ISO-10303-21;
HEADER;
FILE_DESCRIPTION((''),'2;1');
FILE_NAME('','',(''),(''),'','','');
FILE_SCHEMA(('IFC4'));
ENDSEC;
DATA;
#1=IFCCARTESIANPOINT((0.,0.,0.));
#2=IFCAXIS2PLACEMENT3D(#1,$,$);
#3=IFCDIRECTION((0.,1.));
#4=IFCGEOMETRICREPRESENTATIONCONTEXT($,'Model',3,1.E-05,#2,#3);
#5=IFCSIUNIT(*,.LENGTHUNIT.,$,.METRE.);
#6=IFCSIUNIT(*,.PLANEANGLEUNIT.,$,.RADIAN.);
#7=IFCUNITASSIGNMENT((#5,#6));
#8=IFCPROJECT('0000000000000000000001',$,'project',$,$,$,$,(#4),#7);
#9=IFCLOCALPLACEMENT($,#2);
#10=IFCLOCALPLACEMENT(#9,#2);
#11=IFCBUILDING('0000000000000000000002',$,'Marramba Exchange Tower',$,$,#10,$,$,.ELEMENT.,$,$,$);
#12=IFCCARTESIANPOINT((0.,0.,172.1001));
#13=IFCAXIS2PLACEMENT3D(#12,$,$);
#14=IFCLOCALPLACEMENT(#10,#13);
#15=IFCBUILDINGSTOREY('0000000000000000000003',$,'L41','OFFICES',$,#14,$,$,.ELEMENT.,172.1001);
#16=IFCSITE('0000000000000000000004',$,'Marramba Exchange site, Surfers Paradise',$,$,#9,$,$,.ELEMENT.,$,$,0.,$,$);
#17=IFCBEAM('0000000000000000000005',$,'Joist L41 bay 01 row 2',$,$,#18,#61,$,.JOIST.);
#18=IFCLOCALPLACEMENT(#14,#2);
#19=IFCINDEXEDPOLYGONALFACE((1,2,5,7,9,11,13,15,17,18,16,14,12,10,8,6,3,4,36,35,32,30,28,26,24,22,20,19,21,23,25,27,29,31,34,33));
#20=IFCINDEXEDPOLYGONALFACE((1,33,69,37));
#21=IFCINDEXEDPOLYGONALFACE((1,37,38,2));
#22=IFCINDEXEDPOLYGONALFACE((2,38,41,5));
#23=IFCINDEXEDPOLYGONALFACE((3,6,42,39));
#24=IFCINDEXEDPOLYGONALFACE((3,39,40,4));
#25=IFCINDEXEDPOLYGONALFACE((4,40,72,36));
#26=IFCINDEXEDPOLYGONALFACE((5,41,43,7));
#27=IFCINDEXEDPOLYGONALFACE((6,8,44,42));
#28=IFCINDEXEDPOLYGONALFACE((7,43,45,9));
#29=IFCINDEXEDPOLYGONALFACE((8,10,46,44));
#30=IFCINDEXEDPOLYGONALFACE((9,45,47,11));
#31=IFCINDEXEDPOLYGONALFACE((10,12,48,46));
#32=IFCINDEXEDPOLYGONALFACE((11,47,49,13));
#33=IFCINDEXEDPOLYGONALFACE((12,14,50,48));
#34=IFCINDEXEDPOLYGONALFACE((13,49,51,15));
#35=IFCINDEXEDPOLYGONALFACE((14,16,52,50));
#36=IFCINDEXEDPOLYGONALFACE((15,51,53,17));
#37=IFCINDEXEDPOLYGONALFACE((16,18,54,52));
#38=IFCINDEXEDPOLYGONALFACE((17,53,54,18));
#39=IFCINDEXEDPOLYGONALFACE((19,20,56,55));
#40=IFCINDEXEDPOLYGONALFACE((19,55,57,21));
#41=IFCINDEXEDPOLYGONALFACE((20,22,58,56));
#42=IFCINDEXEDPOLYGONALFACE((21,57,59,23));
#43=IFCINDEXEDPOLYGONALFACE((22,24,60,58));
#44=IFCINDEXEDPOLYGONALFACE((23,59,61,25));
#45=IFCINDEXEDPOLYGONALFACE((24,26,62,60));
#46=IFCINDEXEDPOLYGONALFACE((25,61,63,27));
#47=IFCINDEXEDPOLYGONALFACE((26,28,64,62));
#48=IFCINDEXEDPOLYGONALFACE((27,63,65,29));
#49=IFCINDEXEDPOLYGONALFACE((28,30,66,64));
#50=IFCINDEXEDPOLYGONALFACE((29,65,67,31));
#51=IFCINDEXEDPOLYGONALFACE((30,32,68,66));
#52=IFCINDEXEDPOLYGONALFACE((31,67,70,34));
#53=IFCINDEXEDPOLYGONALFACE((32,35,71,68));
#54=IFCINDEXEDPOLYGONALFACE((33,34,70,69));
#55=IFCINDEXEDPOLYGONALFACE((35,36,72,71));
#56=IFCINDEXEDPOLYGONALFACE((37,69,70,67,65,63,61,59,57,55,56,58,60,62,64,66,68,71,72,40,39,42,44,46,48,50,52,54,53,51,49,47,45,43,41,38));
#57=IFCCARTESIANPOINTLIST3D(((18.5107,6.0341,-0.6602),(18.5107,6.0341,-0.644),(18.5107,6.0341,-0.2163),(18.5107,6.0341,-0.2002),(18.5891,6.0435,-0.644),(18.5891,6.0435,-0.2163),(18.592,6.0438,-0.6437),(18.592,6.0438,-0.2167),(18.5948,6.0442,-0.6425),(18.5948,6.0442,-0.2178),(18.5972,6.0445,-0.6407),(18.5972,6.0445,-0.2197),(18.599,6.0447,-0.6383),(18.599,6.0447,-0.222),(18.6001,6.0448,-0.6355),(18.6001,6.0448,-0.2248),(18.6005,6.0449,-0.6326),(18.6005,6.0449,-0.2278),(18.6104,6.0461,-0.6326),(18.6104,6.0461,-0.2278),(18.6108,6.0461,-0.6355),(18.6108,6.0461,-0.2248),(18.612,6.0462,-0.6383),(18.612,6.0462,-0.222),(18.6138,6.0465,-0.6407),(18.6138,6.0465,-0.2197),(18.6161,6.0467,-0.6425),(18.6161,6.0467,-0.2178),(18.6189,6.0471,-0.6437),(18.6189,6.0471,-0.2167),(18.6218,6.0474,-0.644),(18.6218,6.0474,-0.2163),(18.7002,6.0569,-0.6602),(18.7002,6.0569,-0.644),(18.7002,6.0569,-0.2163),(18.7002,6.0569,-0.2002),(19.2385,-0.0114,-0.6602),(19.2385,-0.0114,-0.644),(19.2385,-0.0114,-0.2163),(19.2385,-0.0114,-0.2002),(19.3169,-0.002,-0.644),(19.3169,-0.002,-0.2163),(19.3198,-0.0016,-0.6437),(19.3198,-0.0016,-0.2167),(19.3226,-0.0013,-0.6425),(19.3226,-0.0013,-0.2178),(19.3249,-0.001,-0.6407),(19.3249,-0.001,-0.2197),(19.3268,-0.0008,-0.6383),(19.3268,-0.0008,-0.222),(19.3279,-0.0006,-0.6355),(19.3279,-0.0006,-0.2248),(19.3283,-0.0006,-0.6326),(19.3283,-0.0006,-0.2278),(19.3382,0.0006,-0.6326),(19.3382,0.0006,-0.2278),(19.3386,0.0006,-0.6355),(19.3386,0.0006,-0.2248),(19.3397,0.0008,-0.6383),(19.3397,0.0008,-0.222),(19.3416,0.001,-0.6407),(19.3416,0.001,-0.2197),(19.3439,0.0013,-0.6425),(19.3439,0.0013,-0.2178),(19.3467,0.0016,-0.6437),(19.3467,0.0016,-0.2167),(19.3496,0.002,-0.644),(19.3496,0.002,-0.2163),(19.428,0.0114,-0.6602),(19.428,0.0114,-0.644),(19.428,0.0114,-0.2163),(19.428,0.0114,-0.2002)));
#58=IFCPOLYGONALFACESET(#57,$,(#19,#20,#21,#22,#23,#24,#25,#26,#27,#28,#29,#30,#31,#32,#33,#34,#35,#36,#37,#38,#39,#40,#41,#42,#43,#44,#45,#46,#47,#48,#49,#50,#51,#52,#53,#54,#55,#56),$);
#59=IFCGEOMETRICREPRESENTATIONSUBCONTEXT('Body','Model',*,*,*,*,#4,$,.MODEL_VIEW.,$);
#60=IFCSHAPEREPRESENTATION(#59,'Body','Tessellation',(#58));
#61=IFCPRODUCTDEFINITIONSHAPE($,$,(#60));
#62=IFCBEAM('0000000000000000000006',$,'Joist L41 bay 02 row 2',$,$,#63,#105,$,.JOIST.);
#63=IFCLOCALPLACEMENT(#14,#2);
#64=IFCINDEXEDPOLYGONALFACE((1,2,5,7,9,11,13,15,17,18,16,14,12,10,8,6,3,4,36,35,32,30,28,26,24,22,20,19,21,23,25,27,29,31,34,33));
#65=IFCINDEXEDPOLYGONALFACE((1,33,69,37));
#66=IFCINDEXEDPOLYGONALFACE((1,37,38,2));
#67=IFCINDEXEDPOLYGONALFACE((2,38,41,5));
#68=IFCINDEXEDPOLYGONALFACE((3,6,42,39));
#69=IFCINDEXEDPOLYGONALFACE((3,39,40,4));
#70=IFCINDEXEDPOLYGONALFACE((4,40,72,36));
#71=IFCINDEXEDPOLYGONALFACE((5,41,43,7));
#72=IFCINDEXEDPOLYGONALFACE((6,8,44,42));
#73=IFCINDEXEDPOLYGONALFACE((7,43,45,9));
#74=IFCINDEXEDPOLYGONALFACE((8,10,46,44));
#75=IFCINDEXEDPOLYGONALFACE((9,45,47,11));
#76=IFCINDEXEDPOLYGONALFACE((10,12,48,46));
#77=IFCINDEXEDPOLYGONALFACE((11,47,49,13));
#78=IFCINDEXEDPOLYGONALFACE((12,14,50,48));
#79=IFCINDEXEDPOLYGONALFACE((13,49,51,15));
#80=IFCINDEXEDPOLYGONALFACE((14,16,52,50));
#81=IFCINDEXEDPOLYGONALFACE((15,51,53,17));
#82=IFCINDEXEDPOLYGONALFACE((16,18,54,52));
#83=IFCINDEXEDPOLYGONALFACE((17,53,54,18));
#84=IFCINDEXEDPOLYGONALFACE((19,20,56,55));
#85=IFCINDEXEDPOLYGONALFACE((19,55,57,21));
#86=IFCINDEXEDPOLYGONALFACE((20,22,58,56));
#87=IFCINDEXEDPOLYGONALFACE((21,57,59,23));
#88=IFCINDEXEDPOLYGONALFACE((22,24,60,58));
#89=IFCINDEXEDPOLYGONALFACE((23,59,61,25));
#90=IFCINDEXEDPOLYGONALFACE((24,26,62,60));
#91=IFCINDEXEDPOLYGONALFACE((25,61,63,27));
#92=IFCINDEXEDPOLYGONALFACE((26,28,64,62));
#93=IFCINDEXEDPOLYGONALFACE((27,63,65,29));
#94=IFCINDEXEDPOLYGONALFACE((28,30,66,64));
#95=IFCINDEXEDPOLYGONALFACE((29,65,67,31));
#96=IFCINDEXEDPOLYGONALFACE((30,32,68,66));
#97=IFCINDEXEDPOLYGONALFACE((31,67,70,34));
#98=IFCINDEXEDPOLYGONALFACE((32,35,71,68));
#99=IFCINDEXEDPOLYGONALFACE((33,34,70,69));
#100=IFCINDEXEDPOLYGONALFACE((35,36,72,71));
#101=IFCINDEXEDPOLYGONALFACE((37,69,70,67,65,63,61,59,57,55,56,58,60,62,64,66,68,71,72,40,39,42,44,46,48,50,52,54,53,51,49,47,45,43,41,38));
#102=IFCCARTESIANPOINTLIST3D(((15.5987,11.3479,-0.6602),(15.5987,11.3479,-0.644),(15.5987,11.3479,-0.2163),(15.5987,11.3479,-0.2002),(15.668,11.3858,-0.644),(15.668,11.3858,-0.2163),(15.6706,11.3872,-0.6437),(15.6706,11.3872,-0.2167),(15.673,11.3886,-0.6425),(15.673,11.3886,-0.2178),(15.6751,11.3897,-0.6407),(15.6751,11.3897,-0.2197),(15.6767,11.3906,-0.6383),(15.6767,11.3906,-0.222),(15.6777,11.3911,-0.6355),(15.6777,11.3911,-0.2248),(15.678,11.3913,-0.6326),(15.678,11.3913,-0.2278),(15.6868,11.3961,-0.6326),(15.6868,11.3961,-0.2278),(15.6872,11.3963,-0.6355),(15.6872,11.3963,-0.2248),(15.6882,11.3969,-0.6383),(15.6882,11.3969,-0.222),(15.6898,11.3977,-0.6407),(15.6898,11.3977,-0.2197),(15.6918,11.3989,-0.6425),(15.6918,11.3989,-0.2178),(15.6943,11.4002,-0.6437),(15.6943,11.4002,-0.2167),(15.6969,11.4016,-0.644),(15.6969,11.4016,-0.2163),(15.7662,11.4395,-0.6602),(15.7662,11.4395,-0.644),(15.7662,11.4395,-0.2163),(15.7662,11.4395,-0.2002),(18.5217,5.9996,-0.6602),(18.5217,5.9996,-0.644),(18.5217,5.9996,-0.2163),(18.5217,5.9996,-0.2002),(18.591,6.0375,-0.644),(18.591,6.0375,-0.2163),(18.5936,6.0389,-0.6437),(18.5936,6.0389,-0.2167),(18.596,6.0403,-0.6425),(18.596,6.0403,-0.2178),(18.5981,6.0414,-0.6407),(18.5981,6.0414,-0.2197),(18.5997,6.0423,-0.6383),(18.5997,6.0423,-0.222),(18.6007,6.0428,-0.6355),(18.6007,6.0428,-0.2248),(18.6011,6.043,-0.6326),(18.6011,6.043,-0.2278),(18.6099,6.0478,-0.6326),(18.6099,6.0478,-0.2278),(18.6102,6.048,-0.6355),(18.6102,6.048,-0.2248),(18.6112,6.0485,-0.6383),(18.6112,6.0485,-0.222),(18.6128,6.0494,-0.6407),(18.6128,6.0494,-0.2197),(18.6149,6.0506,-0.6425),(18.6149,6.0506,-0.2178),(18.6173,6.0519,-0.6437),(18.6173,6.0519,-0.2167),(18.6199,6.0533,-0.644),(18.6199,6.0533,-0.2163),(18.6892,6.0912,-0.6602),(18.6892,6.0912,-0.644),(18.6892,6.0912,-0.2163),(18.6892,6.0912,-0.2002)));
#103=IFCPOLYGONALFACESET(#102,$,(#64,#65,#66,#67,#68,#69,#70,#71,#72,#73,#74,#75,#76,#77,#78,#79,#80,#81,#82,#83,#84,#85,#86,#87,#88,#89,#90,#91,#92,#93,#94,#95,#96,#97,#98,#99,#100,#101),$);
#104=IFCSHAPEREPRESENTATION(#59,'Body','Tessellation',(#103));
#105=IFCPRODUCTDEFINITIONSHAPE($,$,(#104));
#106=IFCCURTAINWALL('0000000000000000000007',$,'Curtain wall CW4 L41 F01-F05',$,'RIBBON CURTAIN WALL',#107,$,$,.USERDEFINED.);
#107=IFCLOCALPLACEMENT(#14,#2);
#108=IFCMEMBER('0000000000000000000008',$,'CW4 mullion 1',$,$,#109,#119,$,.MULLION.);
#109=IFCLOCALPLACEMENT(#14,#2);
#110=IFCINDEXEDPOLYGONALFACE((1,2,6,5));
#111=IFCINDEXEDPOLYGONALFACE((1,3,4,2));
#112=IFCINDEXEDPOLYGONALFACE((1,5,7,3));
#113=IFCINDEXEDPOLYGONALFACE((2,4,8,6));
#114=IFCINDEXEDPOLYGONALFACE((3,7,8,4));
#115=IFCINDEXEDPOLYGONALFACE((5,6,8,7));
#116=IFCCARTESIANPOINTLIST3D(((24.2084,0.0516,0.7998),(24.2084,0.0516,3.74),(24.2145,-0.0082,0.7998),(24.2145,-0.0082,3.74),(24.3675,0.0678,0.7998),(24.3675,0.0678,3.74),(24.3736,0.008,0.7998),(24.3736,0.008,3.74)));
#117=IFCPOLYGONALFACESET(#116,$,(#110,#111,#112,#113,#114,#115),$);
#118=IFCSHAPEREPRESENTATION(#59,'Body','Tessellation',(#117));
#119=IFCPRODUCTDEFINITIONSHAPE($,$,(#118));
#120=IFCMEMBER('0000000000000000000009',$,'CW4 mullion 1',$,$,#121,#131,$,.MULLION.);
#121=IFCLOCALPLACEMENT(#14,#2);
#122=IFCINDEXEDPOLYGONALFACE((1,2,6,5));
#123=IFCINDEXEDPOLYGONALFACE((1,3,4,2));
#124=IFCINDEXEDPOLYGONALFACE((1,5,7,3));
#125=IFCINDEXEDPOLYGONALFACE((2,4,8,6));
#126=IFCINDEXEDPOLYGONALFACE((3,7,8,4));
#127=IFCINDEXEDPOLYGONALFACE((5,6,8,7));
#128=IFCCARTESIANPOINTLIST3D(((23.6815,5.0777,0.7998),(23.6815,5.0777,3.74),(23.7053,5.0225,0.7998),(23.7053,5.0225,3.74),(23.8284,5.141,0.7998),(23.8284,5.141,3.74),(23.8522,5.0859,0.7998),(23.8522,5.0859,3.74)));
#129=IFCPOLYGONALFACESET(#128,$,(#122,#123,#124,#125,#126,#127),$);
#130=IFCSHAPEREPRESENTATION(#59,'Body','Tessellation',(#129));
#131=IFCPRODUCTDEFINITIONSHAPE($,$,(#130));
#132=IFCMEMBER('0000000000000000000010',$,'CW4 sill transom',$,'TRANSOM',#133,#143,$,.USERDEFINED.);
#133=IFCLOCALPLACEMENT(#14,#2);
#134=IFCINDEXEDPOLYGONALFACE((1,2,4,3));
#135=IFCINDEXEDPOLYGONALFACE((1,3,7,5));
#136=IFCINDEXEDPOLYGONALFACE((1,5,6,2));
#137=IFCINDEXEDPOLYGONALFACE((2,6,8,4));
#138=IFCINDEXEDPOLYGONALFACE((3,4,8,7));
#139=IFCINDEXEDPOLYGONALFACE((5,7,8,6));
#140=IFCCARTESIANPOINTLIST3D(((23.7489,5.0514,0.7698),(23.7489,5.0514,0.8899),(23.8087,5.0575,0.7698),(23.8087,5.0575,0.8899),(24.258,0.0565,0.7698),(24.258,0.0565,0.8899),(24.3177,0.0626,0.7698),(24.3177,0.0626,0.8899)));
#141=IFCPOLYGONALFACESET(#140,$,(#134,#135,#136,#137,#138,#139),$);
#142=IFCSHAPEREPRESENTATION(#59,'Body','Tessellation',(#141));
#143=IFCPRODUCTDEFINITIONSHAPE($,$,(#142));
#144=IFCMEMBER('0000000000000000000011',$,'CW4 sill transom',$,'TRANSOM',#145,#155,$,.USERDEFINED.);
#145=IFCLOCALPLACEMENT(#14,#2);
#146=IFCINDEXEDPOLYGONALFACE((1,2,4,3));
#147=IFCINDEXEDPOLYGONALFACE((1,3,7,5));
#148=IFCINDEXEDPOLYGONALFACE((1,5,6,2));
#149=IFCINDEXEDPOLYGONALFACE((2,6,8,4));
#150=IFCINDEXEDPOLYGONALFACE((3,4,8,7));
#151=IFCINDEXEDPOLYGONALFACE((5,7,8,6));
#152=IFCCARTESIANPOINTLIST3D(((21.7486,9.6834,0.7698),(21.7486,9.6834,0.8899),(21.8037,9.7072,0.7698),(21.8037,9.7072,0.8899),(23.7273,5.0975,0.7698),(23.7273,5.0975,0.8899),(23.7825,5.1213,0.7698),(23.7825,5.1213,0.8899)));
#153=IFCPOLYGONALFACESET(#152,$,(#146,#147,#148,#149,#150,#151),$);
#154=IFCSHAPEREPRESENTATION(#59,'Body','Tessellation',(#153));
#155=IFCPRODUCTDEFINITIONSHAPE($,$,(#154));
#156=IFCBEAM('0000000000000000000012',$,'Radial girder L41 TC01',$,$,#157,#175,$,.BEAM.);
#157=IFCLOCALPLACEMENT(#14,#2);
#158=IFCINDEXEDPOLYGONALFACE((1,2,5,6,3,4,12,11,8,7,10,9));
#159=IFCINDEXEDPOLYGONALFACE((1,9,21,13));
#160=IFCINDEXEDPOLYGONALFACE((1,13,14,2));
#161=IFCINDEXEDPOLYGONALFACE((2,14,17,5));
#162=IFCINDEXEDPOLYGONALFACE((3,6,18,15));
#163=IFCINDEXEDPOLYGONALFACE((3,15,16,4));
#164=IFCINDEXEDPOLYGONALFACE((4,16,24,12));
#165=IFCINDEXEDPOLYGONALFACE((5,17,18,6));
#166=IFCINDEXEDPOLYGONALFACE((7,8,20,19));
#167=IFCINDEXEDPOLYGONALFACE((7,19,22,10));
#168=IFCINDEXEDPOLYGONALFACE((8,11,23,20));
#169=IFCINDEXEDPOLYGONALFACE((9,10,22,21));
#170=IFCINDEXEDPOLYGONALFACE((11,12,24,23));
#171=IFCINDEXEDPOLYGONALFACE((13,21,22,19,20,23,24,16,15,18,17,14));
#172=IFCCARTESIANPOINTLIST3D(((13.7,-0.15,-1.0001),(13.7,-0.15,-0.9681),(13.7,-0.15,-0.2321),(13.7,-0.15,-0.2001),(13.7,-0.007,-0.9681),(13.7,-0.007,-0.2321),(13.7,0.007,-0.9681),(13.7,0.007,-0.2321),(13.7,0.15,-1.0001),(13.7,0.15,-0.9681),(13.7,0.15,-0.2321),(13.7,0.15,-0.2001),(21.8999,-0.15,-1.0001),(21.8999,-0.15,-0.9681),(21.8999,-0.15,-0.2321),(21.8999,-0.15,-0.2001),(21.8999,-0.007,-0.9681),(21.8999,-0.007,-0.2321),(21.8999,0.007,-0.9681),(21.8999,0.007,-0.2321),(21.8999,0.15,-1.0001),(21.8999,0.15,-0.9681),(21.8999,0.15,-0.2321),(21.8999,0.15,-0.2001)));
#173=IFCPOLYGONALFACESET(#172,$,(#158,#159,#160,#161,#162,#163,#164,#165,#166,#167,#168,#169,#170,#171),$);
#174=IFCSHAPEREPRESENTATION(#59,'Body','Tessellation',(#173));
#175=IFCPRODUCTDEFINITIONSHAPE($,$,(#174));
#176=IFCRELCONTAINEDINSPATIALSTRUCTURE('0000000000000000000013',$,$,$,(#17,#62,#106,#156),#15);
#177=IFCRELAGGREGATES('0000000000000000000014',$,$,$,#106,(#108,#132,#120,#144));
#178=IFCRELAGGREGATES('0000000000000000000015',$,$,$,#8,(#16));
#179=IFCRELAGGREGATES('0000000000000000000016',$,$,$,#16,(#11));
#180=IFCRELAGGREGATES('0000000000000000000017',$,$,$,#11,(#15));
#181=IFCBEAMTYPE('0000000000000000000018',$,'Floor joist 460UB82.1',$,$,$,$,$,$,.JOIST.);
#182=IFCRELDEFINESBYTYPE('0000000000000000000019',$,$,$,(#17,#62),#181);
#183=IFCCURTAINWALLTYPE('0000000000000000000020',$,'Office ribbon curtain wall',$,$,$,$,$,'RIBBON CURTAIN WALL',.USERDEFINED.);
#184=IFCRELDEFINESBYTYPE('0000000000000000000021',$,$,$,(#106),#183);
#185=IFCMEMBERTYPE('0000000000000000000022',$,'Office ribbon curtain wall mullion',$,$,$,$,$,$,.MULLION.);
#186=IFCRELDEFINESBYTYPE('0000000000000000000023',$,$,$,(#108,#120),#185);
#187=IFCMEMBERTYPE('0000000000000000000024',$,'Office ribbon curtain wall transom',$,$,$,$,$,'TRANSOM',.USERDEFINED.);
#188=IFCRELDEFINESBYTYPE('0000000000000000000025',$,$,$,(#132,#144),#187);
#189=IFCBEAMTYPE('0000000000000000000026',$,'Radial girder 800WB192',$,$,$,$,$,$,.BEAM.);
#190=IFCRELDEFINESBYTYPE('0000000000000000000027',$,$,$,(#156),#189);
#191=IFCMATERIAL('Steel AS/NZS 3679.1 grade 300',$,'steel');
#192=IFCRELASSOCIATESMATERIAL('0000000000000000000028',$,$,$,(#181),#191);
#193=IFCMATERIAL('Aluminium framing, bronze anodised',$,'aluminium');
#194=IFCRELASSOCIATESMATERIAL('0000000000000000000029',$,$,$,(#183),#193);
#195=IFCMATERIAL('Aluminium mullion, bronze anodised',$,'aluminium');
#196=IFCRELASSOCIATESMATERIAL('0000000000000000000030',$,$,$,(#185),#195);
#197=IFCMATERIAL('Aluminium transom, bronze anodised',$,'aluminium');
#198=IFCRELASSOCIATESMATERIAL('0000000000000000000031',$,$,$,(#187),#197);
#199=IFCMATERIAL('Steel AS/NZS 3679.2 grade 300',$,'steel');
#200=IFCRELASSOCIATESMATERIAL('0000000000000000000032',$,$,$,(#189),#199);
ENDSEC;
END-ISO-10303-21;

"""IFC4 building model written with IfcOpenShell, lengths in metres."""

from ifc_helpers import new_model, si_unit, direction, frame, origin, origin_2d, place, context, subcontext, project, spatial, rectangle, i_section, extrude, material, material_profile, profile_set, type_object, element, aggregate, save


model = new_model("IFC4")

# Units and contexts
model_context = context("Model", 3, precision=1e-05, world=origin(), true_north=direction((0.0, 1.0)))
body_context = subcontext(model_context, "Body", "Model", "MODEL_VIEW")
ifc_project = project(units=[si_unit("LENGTHUNIT", "METRE"), si_unit("PLANEANGLEUNIT", "RADIAN")], contexts=[model_context])

# Site, building, storey
site_placement = place(None, origin())
site = spatial("IfcSite", under=ifc_project, at=site_placement, Name="Marramba Exchange site, Surfers Paradise", CompositionType="ELEMENT", RefElevation=0.0)
building_placement = place(site_placement, origin())
building = spatial("IfcBuilding", under=site, at=building_placement, Name="Marramba Exchange Tower", CompositionType="ELEMENT")
storey_placement = place(building_placement, frame((0.0, 0.0, 172.1001)))
storey = spatial("IfcBuildingStorey", under=building, at=storey_placement, Name="L41", Description="OFFICES", CompositionType="ELEMENT", Elevation=172.1001)

# Shared definitions
ifc_material_1 = material(Name="Steel AS/NZS 3679.2 grade 300", Category="steel")

# Beams
ifc_material_2 = material(Name="Steel AS/NZS 3679.1 grade 300", Category="steel")
ifc_material_profile_1 = material_profile(ifc_material_2, i_section(OverallWidth=0.1909, OverallDepth=0.46, WebThickness=0.01, FlangeThickness=0.0161, FilletRadius=0.0115, at=origin_2d()), Name="460UB82.1")
ifc_profile_set_1 = profile_set([ifc_material_profile_1], Name="Steel AS/NZS 3679.1 grade 300")
beam_type_1 = type_object("IfcBeamType", Name="Floor joist 460UB82.1", PredefinedType="JOIST", material=ifc_profile_set_1)
beam_1_placement = place(storey_placement, frame((19.3333, 0.0, -0.4302), z_axis=(-0.119523, 0.992831, 0.0), x_axis=(-0.992831, -0.119523, 0.0)))
element("IfcBeam", 1, at=beam_1_placement, inside=storey, type_object=beam_type_1, Name="Joist L41 bay 01 row 2", PredefinedType="JOIST", context=body_context, shape_type="SweptSolid", body=[
    extrude(i_section(OverallWidth=0.1909, OverallDepth=0.46, WebThickness=0.01, FlangeThickness=0.0161, FilletRadius=0.0115, at=origin_2d()), origin(), (0.0, 0.0, 1.0), 6.0891),
])
beam_2_placement = place(storey_placement, frame((18.6055, 6.0454, -0.4302), z_axis=(-0.479584, 0.877496, 0.0), x_axis=(-0.877496, -0.479584, 0.0)))
element("IfcBeam", 2, at=beam_2_placement, inside=storey, type_object=beam_type_1, Name="Joist L41 bay 02 row 2", PredefinedType="JOIST", context=body_context, shape_type="SweptSolid", body=[
    extrude(i_section(OverallWidth=0.1909, OverallDepth=0.46, WebThickness=0.01, FlangeThickness=0.0161, FilletRadius=0.0115, at=origin_2d()), origin(), (0.0, 0.0, 1.0), 6.095),
])

# Curtain wall, members
ifc_material_3 = material(Name="Aluminium framing, bronze anodised", Category="aluminium")
curtain_wall_type = type_object("IfcCurtainWallType", Name="Office ribbon curtain wall", ElementType="RIBBON CURTAIN WALL", PredefinedType="USERDEFINED", material=ifc_material_3)
curtain_wall_placement = place(storey_placement, origin())
curtain_wall = element("IfcCurtainWall", 3, at=curtain_wall_placement, inside=storey, type_object=curtain_wall_type, Name="Curtain wall CW4 L41 F01-F05", ObjectType="RIBBON CURTAIN WALL", PredefinedType="USERDEFINED")
ifc_material_4 = material(Name="Aluminium mullion, bronze anodised", Category="aluminium")
ifc_material_profile_2 = material_profile(ifc_material_4, rectangle(XDim=0.1599, YDim=0.0601, at=origin_2d()), Name="CW4 mullion 60x160")
ifc_profile_set_2 = profile_set([ifc_material_profile_2], Name="Aluminium mullion, bronze anodised")
member_type_1 = type_object("IfcMemberType", Name="Office ribbon curtain wall mullion", PredefinedType="MULLION", material=ifc_profile_set_2)
member_1_placement = place(storey_placement, frame((24.291, 0.0298, 0.7998), z_axis=(0.0, 0.0, 1.0), x_axis=(-0.994843, -0.101422, 0.0)))
member_1 = element("IfcMember", 4, at=member_1_placement, type_object=member_type_1, Name="CW4 mullion 1", PredefinedType="MULLION", context=body_context, shape_type="SweptSolid", body=[
    extrude(rectangle(XDim=0.1599, YDim=0.0601, at=origin_2d()), origin(), (0.0, 0.0, 1.0), 2.9402),
])
member_2_placement = place(storey_placement, frame((23.7668, 5.0818, 0.7998), z_axis=(0.0, 0.0, 1.0), x_axis=(-0.918167, -0.396193, 0.0)))
member_2 = element("IfcMember", 5, at=member_2_placement, type_object=member_type_1, Name="CW4 mullion 1", PredefinedType="MULLION", context=body_context, shape_type="SweptSolid", body=[
    extrude(rectangle(XDim=0.1599, YDim=0.0601, at=origin_2d()), origin(), (0.0, 0.0, 1.0), 2.9402),
])
ifc_material_5 = material(Name="Aluminium transom, bronze anodised", Category="aluminium")
ifc_material_profile_3 = material_profile(ifc_material_5, rectangle(XDim=0.0601, YDim=0.1201, at=origin_2d()), Name="CW4 transom 60x120")
ifc_profile_set_3 = profile_set([ifc_material_profile_3], Name="Aluminium transom, bronze anodised")
member_type_2 = type_object("IfcMemberType", Name="Office ribbon curtain wall transom", ElementType="TRANSOM", PredefinedType="USERDEFINED", material=ifc_profile_set_3)
member_3_placement = place(storey_placement, frame((24.2878, 0.0596, 0.8298), z_axis=(-0.101386, 0.994847, 0.0), x_axis=(-0.994847, -0.101386, 0.0)))
member_3 = element("IfcMember", 6, at=member_3_placement, type_object=member_type_2, Name="CW4 sill transom", ObjectType="TRANSOM", PredefinedType="USERDEFINED", context=body_context, shape_type="SweptSolid", body=[
    extrude(rectangle(XDim=0.0601, YDim=0.1201, at=origin_2d()), origin(), (0.0, 0.0, 1.0), 5.0208),
])
member_4_placement = place(storey_placement, frame((23.7549, 5.1094, 0.8298), z_axis=(-0.396178, 0.918174, 0.0), x_axis=(-0.918174, -0.396178, 0.0)))
member_4 = element("IfcMember", 7, at=member_4_placement, type_object=member_type_2, Name="CW4 sill transom", ObjectType="TRANSOM", PredefinedType="USERDEFINED", context=body_context, shape_type="SweptSolid", body=[
    extrude(rectangle(XDim=0.0601, YDim=0.1201, at=origin_2d()), origin(), (0.0, 0.0, 1.0), 4.9946),
])

# Beam
ifc_material_profile_4 = material_profile(ifc_material_1, i_section(OverallWidth=0.3, OverallDepth=0.8, WebThickness=0.0139, FlangeThickness=0.032, at=origin_2d()), Name="800WB192")
ifc_profile_set_4 = profile_set([ifc_material_profile_4], Name="Steel AS/NZS 3679.2 grade 300")
beam_type_2 = type_object("IfcBeamType", Name="Radial girder 800WB192", PredefinedType="BEAM", material=ifc_profile_set_4)
beam_3_placement = place(storey_placement, frame((13.7, 0.0, -0.6001), z_axis=(1.0, 0.0, 0.0), x_axis=(0.0, 1.0, 0.0)))
element("IfcBeam", 8, at=beam_3_placement, inside=storey, type_object=beam_type_2, Name="Radial girder L41 TC01", PredefinedType="BEAM", context=body_context, shape_type="SweptSolid", body=[
    extrude(i_section(OverallWidth=0.3, OverallDepth=0.8, WebThickness=0.0139, FlangeThickness=0.032, at=origin_2d()), origin(), (0.0, 0.0, 1.0), 8.2),
])

aggregate(curtain_wall, [member_1, member_3, member_2, member_4])

save(model, "model.ifc")
